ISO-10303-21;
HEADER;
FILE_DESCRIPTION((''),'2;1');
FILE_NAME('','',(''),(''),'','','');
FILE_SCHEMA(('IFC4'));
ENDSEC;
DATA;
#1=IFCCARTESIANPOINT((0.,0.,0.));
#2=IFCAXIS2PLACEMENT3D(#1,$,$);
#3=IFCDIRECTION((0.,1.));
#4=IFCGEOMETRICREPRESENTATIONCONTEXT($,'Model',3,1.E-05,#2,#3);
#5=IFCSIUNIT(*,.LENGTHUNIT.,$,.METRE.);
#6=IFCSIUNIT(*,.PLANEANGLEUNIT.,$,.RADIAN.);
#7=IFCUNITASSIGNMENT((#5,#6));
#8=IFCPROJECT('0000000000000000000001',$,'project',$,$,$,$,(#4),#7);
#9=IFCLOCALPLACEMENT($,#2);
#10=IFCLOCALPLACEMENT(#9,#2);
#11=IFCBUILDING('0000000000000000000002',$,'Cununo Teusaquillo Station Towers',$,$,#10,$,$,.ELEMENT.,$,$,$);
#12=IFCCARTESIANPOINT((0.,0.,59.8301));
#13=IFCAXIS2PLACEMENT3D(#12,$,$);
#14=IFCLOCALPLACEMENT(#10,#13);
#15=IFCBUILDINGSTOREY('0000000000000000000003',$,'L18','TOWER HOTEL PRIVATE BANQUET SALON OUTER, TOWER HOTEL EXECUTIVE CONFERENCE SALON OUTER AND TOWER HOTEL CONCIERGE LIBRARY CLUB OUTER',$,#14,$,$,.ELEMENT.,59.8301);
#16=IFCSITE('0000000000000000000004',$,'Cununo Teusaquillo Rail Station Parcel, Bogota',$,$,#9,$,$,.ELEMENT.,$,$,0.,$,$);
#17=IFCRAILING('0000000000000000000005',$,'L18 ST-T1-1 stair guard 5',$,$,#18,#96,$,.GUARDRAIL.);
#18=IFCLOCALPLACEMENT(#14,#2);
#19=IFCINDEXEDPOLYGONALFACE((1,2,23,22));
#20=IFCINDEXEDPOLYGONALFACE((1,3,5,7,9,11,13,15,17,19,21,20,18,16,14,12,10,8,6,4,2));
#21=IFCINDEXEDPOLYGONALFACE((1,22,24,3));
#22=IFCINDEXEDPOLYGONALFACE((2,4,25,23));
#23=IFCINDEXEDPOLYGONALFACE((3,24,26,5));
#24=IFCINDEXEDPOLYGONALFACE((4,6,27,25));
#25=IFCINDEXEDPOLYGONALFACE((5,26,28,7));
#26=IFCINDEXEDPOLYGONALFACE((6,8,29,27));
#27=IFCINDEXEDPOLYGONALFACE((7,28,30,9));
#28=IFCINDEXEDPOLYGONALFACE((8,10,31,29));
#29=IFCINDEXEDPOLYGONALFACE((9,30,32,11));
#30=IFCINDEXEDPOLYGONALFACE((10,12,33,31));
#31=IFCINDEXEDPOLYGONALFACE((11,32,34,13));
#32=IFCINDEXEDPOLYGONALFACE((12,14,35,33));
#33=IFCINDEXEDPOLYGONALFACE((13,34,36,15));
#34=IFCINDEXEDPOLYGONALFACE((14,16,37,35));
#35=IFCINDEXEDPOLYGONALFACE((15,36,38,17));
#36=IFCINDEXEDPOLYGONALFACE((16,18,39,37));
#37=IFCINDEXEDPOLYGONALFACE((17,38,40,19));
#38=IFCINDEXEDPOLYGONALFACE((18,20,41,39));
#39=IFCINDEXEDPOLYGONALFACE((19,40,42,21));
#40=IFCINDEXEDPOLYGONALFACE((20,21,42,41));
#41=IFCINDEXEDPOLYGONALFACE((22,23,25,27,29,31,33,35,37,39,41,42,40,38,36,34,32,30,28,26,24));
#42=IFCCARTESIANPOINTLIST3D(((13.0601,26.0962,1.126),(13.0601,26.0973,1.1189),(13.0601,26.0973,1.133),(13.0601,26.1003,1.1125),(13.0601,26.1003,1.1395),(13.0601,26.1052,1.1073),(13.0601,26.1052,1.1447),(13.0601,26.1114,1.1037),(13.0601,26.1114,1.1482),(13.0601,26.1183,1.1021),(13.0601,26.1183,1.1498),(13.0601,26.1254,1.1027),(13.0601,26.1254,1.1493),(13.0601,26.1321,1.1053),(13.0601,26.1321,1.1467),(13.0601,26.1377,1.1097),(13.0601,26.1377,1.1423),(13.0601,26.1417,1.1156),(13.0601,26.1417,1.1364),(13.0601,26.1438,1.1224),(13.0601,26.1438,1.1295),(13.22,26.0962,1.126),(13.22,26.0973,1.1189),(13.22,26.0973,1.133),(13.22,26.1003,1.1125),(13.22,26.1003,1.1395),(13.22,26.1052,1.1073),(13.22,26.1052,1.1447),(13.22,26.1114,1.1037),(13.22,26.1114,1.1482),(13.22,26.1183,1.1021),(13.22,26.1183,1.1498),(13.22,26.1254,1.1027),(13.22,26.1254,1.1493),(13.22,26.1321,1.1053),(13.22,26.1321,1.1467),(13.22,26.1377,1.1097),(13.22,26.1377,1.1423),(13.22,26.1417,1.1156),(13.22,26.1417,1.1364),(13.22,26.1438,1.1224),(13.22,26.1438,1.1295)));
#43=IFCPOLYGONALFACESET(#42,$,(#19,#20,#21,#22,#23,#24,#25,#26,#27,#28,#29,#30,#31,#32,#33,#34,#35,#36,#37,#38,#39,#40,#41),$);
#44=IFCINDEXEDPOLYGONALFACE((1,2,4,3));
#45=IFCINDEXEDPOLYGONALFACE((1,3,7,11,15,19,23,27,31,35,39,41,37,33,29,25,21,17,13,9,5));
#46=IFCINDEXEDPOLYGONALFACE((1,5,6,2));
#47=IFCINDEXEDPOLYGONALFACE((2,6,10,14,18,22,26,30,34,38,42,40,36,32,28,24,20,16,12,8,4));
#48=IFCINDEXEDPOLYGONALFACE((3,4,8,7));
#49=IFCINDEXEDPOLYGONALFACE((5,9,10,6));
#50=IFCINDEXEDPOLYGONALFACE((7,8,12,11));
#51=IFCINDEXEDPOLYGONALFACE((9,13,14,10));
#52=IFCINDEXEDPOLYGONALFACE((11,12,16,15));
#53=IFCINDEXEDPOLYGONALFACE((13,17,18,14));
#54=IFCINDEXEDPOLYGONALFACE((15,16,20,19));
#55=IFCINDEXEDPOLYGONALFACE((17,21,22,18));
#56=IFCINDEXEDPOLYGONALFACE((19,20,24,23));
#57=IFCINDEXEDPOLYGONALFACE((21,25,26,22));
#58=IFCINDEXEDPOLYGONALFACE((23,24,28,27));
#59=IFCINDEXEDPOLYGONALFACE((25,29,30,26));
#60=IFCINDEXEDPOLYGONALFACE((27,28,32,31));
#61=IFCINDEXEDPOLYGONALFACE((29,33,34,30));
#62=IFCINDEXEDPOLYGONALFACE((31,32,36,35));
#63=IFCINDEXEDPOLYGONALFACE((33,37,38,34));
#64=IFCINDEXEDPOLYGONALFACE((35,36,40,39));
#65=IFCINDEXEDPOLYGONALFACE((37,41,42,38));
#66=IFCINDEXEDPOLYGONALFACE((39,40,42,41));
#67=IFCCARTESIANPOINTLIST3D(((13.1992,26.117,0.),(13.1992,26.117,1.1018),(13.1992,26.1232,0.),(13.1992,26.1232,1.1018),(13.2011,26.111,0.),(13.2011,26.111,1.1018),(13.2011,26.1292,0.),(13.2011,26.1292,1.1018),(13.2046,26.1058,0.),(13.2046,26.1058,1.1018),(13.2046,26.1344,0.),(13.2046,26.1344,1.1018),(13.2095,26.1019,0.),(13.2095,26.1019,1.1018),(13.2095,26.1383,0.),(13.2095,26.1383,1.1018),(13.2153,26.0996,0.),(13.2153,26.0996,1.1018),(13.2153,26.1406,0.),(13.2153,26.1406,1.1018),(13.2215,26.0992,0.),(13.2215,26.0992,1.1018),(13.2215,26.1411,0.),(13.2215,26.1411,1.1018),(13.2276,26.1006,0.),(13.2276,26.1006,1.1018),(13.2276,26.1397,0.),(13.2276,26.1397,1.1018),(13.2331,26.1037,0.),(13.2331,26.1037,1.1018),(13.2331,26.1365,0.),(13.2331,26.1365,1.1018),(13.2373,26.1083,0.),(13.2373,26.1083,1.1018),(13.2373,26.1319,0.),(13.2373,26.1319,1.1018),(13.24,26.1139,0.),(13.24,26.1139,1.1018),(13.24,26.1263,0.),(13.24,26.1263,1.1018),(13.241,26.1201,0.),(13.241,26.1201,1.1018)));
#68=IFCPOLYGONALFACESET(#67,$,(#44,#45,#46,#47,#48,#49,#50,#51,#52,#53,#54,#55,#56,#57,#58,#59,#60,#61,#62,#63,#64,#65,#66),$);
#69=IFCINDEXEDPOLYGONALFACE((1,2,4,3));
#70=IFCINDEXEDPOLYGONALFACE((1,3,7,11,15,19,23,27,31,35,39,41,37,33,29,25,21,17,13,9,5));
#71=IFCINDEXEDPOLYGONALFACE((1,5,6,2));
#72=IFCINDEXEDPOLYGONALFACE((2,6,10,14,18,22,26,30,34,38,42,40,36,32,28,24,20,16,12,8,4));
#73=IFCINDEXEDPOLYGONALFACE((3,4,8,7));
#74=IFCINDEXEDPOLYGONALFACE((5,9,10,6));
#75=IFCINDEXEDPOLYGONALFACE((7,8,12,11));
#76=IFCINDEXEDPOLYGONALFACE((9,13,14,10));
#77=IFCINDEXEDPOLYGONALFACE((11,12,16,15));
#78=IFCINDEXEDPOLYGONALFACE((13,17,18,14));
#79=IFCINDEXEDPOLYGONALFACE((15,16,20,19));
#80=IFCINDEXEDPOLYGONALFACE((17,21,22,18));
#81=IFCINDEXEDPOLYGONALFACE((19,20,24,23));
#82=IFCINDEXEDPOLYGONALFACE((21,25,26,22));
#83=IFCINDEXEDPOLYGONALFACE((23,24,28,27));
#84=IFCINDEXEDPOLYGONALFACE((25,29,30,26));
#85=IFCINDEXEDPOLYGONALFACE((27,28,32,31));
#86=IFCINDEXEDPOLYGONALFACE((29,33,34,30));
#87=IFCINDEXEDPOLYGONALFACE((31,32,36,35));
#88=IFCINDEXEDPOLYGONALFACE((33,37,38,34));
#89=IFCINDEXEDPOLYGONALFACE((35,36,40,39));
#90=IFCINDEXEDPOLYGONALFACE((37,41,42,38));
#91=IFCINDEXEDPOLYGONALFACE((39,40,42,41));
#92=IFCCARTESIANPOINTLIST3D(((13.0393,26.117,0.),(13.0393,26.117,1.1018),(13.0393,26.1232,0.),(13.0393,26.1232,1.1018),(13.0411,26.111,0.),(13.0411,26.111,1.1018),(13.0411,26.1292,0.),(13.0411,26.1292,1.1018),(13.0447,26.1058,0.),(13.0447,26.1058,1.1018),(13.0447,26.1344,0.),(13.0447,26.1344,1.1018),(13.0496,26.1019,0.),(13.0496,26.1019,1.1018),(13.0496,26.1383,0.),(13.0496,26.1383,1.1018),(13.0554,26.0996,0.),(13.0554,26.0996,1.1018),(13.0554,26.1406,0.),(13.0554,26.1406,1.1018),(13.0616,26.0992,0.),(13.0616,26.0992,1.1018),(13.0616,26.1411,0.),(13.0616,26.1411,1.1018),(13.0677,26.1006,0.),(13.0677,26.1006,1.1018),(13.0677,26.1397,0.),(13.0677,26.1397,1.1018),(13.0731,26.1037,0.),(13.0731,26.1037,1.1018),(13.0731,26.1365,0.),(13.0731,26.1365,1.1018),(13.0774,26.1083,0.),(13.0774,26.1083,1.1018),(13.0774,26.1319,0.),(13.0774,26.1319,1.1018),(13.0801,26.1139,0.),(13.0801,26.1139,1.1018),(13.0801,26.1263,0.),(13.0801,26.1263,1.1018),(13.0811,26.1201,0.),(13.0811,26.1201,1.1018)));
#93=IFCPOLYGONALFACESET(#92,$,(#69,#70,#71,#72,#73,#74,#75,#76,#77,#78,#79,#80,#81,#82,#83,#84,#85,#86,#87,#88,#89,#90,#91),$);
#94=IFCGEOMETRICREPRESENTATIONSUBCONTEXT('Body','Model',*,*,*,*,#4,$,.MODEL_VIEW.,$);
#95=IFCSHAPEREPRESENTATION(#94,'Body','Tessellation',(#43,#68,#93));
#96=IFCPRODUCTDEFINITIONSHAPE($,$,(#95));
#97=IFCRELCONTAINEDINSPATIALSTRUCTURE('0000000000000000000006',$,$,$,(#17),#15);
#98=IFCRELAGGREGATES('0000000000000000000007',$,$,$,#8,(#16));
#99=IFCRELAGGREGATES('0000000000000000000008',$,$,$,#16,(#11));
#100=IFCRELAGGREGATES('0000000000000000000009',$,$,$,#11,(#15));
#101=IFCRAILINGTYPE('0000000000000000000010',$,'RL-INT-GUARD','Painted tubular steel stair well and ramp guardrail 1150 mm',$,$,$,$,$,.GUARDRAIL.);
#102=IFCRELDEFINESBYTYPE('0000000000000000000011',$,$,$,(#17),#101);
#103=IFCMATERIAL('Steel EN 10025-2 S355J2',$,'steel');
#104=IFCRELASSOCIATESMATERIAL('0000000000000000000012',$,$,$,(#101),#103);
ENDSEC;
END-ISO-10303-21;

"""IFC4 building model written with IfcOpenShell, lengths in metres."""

from ifc_helpers import new_model, si_unit, direction, frame, origin, origin_2d, place, context, subcontext, project, spatial, circle, extrude, material, type_object, element, save


model = new_model("IFC4")

# Units and contexts
model_context = context("Model", 3, precision=1e-05, world=origin(), true_north=direction((0.0, 1.0)))
body_context = subcontext(model_context, "Body", "Model", "MODEL_VIEW")
ifc_project = project(units=[si_unit("LENGTHUNIT", "METRE"), si_unit("PLANEANGLEUNIT", "RADIAN")], contexts=[model_context])

# Site, building, storey
site_placement = place(None, origin())
site = spatial("IfcSite", under=ifc_project, at=site_placement, Name="Cununo Teusaquillo Rail Station Parcel, Bogota", CompositionType="ELEMENT", RefElevation=0.0)
building_placement = place(site_placement, origin())
building = spatial("IfcBuilding", under=site, at=building_placement, Name="Cununo Teusaquillo Station Towers", CompositionType="ELEMENT")
storey_placement = place(building_placement, frame((0.0, 0.0, 59.8301)))
storey = spatial("IfcBuildingStorey", under=building, at=storey_placement, Name="L18", Description="TOWER HOTEL PRIVATE BANQUET SALON OUTER, TOWER HOTEL EXECUTIVE CONFERENCE SALON OUTER AND TOWER HOTEL CONCIERGE LIBRARY CLUB OUTER", CompositionType="ELEMENT", Elevation=59.8301)

# Railing
ifc_material_1 = material(Name="Steel EN 10025-2 S355J2", Category="steel")
railing_type_1 = type_object("IfcRailingType", Name="RL-INT-GUARD", Description="Painted tubular steel stair well and ramp guardrail 1150 mm", PredefinedType="GUARDRAIL", material=ifc_material_1)
railing_1_placement = place(storey_placement, frame((13.22, 26.1201, 0.0)))
element("IfcRailing", 1, at=railing_1_placement, inside=storey, type_object=railing_type_1, Name="L18 ST-T1-1 stair guard 5", PredefinedType="GUARDRAIL", context=body_context, shape_type="SweptSolid", body=[
    extrude(circle(Radius=0.0239, at=origin_2d()), frame((0.0, 0.0, 1.126), z_axis=(-1.0, 0.0, 0.0), x_axis=(0.0, -1.0, 0.0)), (0.0, 0.0, 1.0), 0.1599),
    extrude(circle(Radius=0.021, at=origin_2d()), origin(), (0.0, 0.0, 1.0), 1.1018),
    extrude(circle(Radius=0.021, at=origin_2d()), frame((-0.1599, 0.0, 0.0)), (0.0, 0.0, 1.0), 1.1018),
])

save(model, "model.ifc")
